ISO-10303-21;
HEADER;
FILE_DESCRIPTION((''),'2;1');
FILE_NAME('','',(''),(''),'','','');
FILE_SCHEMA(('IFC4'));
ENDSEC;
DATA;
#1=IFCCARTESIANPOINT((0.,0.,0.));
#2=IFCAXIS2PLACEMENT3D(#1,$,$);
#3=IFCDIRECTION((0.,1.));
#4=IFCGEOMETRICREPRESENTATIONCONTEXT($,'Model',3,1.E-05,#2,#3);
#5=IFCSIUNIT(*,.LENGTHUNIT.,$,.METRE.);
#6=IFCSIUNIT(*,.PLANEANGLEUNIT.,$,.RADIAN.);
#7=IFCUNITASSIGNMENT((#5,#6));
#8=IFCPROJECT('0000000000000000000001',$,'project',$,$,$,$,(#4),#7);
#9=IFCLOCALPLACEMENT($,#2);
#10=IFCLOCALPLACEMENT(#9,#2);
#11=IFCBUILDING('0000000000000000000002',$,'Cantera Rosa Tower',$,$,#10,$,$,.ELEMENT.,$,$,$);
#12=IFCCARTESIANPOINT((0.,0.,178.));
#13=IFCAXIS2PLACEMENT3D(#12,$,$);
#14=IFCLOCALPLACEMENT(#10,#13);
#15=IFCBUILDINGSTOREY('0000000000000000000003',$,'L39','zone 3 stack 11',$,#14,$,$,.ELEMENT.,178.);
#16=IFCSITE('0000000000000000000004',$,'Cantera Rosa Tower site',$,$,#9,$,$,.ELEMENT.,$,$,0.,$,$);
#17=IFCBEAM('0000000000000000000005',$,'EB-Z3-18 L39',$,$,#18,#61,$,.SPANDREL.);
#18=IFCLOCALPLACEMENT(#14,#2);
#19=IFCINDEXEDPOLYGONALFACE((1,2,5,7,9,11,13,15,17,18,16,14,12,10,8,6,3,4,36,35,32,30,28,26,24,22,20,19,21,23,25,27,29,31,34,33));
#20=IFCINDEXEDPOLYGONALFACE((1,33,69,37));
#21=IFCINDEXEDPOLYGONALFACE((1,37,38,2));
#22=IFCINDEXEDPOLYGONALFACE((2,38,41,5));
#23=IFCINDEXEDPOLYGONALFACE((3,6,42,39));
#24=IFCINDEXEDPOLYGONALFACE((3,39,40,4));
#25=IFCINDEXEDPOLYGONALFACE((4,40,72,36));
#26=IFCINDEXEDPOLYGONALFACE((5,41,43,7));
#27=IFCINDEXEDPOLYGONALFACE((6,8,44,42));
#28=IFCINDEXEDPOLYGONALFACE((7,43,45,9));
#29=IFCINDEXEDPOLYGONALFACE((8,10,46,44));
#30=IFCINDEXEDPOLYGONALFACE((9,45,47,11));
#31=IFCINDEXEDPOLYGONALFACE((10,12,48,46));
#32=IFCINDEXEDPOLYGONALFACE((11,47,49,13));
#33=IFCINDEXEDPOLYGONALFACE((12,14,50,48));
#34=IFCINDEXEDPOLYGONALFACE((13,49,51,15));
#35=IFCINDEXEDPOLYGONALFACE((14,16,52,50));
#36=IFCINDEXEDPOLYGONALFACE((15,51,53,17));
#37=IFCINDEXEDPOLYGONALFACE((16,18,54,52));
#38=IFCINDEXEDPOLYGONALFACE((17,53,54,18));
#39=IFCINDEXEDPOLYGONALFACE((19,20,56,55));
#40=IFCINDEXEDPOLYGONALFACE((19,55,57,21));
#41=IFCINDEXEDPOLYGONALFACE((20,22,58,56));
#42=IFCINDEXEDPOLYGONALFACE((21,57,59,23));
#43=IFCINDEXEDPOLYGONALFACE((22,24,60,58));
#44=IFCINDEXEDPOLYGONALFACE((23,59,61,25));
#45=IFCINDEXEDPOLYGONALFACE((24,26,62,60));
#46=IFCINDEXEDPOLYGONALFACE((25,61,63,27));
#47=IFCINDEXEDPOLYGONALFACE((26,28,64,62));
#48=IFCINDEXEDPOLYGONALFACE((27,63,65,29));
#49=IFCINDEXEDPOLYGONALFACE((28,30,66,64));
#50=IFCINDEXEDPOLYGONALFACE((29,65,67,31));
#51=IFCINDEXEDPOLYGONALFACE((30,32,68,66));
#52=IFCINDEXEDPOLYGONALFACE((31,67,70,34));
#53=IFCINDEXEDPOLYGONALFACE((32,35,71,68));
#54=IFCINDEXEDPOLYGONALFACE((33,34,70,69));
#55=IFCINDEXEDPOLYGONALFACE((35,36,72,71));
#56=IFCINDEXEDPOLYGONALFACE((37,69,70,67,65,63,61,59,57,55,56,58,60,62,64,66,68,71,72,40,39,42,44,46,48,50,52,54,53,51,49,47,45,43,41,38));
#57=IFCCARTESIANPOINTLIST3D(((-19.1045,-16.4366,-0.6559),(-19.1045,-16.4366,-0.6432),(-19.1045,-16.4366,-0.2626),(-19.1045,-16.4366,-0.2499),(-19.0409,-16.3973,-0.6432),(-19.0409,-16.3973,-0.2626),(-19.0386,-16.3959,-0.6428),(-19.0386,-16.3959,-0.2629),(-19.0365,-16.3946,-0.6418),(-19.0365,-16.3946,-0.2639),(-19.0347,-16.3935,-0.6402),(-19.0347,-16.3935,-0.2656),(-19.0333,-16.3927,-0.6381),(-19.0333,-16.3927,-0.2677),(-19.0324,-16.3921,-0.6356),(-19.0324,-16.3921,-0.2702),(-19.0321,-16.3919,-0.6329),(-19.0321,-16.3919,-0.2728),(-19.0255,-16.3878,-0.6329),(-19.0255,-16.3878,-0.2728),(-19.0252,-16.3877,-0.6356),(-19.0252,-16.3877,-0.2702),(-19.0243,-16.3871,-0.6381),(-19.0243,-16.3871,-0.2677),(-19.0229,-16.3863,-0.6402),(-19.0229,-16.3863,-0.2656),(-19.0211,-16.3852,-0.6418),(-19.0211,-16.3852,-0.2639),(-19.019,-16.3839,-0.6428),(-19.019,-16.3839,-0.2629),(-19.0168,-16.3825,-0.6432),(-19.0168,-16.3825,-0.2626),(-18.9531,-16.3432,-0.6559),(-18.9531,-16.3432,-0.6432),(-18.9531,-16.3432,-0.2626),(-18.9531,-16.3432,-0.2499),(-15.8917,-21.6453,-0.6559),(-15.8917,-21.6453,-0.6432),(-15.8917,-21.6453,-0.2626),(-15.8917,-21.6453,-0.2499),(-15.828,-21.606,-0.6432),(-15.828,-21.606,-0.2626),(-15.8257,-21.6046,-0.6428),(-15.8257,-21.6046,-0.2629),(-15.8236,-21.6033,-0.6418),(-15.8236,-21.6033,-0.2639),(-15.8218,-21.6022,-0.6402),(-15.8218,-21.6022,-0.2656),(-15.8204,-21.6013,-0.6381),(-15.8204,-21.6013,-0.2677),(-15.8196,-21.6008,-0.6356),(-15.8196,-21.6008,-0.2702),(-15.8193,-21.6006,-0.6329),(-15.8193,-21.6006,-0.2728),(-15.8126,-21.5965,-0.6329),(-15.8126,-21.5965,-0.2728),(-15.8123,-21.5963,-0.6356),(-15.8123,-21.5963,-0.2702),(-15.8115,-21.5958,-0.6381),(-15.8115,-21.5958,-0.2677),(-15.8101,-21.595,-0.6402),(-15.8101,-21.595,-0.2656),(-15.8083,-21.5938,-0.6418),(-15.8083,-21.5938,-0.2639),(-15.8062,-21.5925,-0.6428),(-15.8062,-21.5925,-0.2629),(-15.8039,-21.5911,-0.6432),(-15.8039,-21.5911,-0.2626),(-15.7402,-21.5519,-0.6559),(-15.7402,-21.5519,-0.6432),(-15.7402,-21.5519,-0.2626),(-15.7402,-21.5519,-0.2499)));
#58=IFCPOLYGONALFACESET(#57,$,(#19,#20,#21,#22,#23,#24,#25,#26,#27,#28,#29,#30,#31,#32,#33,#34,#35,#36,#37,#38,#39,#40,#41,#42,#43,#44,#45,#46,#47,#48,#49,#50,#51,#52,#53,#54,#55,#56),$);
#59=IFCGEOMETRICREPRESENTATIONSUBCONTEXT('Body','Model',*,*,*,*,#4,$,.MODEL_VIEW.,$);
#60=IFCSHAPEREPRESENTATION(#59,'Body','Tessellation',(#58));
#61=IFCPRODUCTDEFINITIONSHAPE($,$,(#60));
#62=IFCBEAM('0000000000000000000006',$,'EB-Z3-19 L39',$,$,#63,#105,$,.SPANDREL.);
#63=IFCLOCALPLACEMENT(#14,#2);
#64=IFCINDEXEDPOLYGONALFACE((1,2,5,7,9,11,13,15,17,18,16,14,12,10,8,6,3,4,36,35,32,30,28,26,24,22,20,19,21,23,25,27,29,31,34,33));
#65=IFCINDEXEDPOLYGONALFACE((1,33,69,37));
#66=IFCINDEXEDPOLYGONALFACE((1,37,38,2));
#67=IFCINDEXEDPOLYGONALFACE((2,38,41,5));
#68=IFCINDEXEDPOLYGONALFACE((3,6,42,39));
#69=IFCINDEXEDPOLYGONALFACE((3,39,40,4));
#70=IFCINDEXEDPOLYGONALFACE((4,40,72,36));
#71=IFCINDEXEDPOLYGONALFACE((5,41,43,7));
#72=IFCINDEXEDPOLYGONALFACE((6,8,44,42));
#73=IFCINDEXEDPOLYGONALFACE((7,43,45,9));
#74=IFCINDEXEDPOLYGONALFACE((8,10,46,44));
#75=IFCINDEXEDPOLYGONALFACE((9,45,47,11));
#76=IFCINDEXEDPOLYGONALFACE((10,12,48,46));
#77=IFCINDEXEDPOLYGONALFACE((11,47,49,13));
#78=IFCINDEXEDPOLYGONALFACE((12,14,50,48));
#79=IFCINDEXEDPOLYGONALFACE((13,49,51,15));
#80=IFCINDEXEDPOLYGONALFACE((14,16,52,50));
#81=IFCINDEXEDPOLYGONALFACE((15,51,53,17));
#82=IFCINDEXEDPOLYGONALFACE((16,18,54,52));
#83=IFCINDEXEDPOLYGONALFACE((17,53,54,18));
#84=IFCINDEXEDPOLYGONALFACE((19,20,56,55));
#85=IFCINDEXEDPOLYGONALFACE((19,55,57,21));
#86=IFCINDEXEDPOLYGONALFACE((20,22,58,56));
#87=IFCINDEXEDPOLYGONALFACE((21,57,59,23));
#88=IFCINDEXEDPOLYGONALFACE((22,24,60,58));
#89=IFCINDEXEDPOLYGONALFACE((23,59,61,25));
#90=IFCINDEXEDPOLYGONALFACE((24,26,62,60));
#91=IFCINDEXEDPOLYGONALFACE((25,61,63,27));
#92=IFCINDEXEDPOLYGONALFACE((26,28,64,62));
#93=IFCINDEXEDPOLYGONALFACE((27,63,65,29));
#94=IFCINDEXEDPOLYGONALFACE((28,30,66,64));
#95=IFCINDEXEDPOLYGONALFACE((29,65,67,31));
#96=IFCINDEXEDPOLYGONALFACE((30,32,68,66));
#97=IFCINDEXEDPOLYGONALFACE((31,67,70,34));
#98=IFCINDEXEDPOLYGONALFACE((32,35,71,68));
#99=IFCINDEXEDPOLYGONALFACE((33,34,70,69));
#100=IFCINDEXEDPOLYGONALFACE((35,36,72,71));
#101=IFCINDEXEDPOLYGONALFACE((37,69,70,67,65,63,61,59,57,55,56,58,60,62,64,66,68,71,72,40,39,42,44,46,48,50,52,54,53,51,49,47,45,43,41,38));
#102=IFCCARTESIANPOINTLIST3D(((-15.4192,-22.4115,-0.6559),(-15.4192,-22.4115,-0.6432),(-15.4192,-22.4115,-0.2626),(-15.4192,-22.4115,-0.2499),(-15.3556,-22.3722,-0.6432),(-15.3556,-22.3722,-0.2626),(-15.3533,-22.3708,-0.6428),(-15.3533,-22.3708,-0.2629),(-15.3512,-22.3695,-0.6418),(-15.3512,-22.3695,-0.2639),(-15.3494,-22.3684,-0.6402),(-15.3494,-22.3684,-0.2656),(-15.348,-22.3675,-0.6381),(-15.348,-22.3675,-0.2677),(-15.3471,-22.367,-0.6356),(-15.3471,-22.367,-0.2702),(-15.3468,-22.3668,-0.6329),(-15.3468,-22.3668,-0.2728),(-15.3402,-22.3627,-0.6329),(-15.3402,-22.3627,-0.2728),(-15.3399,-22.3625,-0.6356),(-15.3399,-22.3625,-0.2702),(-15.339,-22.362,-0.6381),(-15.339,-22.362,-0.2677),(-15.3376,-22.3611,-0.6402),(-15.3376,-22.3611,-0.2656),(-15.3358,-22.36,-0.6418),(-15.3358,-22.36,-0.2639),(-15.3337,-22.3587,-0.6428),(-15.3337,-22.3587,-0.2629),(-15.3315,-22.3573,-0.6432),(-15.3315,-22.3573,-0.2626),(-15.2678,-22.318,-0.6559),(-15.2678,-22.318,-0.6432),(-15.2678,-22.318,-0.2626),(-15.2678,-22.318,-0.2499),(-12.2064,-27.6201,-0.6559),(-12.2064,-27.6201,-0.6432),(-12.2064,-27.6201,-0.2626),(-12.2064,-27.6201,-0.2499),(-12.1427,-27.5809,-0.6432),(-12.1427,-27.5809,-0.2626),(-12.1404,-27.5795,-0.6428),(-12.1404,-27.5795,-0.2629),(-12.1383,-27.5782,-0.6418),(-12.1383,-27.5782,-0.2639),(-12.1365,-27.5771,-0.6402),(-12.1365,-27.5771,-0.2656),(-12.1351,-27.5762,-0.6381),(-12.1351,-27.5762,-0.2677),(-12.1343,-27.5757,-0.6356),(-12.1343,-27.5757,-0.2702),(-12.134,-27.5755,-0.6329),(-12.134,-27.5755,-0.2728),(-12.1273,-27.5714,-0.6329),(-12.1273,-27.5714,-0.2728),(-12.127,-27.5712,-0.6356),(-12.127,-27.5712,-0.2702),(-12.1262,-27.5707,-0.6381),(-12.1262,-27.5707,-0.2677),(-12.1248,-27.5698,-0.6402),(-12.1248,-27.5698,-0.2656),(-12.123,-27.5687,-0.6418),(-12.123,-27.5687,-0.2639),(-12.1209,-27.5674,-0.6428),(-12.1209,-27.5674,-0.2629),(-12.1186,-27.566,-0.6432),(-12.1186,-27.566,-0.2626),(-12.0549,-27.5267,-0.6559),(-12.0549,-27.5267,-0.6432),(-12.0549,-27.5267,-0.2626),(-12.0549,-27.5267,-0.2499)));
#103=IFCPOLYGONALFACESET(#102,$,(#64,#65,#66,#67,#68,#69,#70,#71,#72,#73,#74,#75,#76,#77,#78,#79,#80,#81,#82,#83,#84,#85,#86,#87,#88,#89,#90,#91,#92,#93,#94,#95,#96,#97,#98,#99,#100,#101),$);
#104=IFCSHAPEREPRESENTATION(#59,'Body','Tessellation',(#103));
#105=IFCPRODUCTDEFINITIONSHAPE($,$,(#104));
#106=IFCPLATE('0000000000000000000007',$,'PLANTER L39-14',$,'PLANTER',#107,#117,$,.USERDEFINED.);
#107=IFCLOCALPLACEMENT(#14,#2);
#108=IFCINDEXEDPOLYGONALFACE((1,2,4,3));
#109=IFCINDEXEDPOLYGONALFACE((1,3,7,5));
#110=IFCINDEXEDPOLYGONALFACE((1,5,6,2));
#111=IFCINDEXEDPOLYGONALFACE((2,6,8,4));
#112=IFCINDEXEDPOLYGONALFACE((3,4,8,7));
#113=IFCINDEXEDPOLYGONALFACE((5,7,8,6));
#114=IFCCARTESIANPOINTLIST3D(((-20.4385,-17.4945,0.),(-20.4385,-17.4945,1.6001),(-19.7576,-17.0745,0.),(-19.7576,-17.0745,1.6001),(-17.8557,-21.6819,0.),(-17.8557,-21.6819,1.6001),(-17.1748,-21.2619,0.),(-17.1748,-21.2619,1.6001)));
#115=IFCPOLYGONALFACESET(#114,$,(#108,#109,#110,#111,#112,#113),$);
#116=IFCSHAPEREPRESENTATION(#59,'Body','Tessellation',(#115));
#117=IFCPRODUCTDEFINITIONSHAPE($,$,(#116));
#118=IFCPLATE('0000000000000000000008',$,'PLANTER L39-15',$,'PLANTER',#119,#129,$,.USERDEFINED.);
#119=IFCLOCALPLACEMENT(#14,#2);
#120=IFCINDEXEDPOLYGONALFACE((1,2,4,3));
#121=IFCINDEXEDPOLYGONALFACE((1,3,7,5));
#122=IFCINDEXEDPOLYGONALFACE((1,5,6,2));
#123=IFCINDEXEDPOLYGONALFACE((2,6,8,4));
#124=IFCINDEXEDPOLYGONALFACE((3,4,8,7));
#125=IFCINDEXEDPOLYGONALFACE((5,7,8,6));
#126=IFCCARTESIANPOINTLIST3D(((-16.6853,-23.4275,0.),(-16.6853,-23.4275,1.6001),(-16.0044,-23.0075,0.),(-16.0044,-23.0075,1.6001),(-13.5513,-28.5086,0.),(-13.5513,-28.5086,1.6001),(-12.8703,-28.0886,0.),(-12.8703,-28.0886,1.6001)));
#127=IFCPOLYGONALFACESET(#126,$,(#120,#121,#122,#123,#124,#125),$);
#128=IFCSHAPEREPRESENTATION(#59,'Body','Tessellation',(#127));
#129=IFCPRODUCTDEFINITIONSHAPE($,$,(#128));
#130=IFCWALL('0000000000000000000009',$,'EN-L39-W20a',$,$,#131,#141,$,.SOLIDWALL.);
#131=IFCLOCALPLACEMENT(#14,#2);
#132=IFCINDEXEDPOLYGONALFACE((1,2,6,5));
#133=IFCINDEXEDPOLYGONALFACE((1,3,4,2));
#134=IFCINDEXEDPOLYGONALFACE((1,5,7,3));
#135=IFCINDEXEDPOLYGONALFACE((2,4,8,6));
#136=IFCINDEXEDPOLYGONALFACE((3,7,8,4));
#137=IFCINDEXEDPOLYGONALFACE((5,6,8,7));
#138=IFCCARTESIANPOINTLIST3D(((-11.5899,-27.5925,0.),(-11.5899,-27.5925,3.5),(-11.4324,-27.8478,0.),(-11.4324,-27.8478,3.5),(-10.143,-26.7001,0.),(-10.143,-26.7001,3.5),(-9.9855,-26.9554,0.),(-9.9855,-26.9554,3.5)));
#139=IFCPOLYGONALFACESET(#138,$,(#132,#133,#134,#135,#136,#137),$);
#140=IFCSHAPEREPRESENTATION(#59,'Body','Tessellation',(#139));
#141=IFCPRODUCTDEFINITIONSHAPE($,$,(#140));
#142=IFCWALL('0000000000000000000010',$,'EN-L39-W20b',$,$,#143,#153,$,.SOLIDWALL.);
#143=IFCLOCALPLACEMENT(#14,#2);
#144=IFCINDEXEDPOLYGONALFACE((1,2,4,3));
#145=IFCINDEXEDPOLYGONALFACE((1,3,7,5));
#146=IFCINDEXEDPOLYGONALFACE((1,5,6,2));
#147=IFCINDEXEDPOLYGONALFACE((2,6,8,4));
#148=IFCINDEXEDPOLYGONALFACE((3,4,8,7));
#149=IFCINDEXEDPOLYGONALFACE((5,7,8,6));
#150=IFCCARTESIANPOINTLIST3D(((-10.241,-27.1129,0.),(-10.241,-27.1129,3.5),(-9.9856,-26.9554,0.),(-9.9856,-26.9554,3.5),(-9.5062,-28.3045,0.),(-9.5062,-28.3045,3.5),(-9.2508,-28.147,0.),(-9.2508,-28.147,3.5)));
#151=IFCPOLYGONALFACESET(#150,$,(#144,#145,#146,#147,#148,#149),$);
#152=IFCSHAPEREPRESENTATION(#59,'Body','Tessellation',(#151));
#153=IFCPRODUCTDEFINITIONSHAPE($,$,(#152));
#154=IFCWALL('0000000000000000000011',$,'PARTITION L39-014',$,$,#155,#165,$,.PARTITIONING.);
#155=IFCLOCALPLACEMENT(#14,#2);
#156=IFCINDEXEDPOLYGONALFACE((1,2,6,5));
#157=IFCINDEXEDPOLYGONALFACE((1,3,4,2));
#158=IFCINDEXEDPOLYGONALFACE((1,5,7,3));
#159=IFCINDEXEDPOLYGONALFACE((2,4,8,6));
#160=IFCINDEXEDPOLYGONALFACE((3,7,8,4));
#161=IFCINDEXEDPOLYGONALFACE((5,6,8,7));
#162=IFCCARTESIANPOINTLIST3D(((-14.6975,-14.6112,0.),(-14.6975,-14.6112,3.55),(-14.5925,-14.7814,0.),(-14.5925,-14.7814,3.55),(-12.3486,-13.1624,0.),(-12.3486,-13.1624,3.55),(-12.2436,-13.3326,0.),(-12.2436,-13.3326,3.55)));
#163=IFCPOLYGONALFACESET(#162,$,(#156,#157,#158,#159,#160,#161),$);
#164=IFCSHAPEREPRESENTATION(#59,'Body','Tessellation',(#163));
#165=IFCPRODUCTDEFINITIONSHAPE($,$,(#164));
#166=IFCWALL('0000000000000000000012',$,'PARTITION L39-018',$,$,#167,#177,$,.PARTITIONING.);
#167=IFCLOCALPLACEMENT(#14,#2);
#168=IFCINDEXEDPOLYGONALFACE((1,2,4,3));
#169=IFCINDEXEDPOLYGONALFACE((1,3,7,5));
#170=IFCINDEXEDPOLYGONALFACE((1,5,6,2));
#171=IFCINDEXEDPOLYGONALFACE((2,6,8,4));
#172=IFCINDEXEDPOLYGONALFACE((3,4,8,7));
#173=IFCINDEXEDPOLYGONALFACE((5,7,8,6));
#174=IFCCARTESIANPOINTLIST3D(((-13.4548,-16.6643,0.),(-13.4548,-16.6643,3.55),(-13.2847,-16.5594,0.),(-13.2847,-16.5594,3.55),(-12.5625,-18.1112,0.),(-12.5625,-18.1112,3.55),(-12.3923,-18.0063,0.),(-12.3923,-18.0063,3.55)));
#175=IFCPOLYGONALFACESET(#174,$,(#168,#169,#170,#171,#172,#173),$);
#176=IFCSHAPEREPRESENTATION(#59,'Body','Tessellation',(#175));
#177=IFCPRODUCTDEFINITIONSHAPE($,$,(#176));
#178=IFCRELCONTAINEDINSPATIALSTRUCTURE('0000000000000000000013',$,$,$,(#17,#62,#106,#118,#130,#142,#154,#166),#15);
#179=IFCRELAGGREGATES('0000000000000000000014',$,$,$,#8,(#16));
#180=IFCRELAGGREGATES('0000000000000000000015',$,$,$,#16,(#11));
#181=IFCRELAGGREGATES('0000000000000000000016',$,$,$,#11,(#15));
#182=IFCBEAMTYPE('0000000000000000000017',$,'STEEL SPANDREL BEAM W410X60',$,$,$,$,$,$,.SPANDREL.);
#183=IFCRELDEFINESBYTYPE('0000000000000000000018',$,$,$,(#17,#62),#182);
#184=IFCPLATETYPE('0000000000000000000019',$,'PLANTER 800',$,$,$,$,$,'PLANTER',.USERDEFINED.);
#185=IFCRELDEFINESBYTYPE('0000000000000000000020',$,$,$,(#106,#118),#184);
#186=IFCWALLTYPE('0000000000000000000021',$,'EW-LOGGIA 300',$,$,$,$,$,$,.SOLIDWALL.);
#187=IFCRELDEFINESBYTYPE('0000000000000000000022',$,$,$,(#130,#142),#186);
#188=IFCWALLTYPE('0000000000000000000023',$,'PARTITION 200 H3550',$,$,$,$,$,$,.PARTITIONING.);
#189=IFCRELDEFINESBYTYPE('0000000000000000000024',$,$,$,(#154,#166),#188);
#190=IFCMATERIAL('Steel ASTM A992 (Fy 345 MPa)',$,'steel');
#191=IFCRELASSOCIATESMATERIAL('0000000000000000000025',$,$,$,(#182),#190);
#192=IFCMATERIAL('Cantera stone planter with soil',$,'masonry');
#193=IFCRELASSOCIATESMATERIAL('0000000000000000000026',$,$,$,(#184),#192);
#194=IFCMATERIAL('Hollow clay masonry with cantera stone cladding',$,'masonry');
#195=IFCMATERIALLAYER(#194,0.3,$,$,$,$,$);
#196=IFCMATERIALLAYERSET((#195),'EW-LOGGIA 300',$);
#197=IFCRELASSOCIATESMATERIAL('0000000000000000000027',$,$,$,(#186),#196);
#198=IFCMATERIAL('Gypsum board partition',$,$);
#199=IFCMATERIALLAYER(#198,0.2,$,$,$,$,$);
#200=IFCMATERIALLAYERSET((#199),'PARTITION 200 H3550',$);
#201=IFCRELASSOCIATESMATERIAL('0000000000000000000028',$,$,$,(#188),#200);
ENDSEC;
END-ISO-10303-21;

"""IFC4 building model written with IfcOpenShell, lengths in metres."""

from ifc_helpers import new_model, si_unit, direction, frame, frame_2d, origin, origin_2d, place, context, subcontext, project, spatial, rectangle, i_section, extrude, material, layer, layer_set, material_profile, profile_set, type_object, element, save


model = new_model("IFC4")

# Units and contexts
model_context = context("Model", 3, precision=1e-05, world=origin(), true_north=direction((0.0, 1.0)))
body_context = subcontext(model_context, "Body", "Model", "MODEL_VIEW")
ifc_project = project(units=[si_unit("LENGTHUNIT", "METRE"), si_unit("PLANEANGLEUNIT", "RADIAN")], contexts=[model_context])

# Site, building, storey
site_placement = place(None, origin())
site = spatial("IfcSite", under=ifc_project, at=site_placement, Name="Cantera Rosa Tower site", CompositionType="ELEMENT", RefElevation=0.0)
building_placement = place(site_placement, origin())
building = spatial("IfcBuilding", under=site, at=building_placement, Name="Cantera Rosa Tower", CompositionType="ELEMENT")
storey_placement = place(building_placement, frame((0.0, 0.0, 178.0)))
storey = spatial("IfcBuildingStorey", under=building, at=storey_placement, Name="L39", Description="zone 3 stack 11", CompositionType="ELEMENT", Elevation=178.0)

# Beams
ifc_material_1 = material(Name="Steel ASTM A992 (Fy 345 MPa)", Category="steel")
ifc_material_profile_1 = material_profile(ifc_material_1, i_section(OverallWidth=0.178, OverallDepth=0.406, WebThickness=0.0078, FlangeThickness=0.0127, FilletRadius=0.0103, at=origin_2d()), Name="W410X60")
ifc_profile_set_1 = profile_set([ifc_material_profile_1], Name="Steel ASTM A992 (Fy 345 MPa)")
beam_type_1 = type_object("IfcBeamType", Name="STEEL SPANDREL BEAM W410X60", PredefinedType="SPANDREL", material=ifc_profile_set_1)
for number, where, z_axis, x_axis, name in (
    (1, (-19.0288, -16.3899, -0.4529), (0.524987, -0.85111, 0.0), (0.85111, 0.524987, 0.0), "EB-Z3-18 L39"),
    (2, (-15.3435, -22.3647, -0.4529), (0.524987, -0.85111, 0.0), (0.85111, 0.524987, 0.0), "EB-Z3-19 L39"),
):
    element("IfcBeam", number, at=place(storey_placement, frame(where, z_axis=z_axis, x_axis=x_axis)), inside=storey, type_object=beam_type_1, Name=name, PredefinedType="SPANDREL", context=body_context, shape_type="SweptSolid", body=[
        extrude(i_section(OverallWidth=0.178, OverallDepth=0.406, WebThickness=0.0078, FlangeThickness=0.0127, FilletRadius=0.0103, at=origin_2d()), origin(), (0.0, 0.0, 1.0), 6.1199),
    ])

# Plates
ifc_material_2 = material(Name="Cantera stone planter with soil", Category="masonry")
plate_type = type_object("IfcPlateType", Name="PLANTER 800", ElementType="PLANTER", PredefinedType="USERDEFINED", material=ifc_material_2)
plate_1_placement = place(storey_placement, frame((-18.8066, -19.3782, 0.0), z_axis=(0.0, 0.0, 1.0), x_axis=(0.524977, -0.851117, 0.0)))
element("IfcPlate", 3, at=plate_1_placement, inside=storey, type_object=plate_type, Name="PLANTER L39-14", ObjectType="PLANTER", PredefinedType="USERDEFINED", context=body_context, shape_type="SweptSolid", body=[
    extrude(rectangle(XDim=4.9199, YDim=0.8, at=origin_2d()), origin(), (0.0, 0.0, 1.0), 1.6001),
])
plate_2_placement = place(storey_placement, frame((-14.7778, -25.7581, 0.0), z_axis=(0.0, 0.0, 1.0), x_axis=(0.524977, -0.851117, 0.0)))
element("IfcPlate", 4, at=plate_2_placement, inside=storey, type_object=plate_type, Name="PLANTER L39-15", ObjectType="PLANTER", PredefinedType="USERDEFINED", context=body_context, shape_type="SweptSolid", body=[
    extrude(rectangle(XDim=5.97, YDim=0.8, at=origin_2d()), origin(), (0.0, 0.0, 1.0), 1.6001),
])

# Walls
ifc_material_3 = material(Name="Hollow clay masonry with cantera stone cladding", Category="masonry")
ifc_layer_1 = layer(ifc_material_3, 0.3)
ifc_layer_set_1 = layer_set([ifc_layer_1], Name="EW-LOGGIA 300")
wall_type_1 = type_object("IfcWallType", Name="EW-LOGGIA 300", PredefinedType="SOLIDWALL", material=ifc_layer_set_1)
wall_1_placement = place(storey_placement, frame((-11.5112, -27.7202, 0.0), z_axis=(0.0, 0.0, 1.0), x_axis=(0.85113, 0.524955, 0.0)))
element("IfcWall", 5, at=wall_1_placement, inside=storey, type_object=wall_type_1, Name="EN-L39-W20a", PredefinedType="SOLIDWALL", context=body_context, shape_type="SweptSolid", body=[
    extrude(rectangle(XDim=1.7, YDim=0.3, at=frame_2d((0.8501, 0.0))), origin(), (0.0, 0.0, 1.0), 3.5),
])
wall_2_placement = place(storey_placement, frame((-10.1133, -27.0342, 0.0), z_axis=(0.0, 0.0, 1.0), x_axis=(0.524895, -0.851167, 0.0)))
element("IfcWall", 6, at=wall_2_placement, inside=storey, type_object=wall_type_1, Name="EN-L39-W20b", PredefinedType="SOLIDWALL", context=body_context, shape_type="SweptSolid", body=[
    extrude(rectangle(XDim=1.3999, YDim=0.3, at=frame_2d((0.7, 0.0))), origin(), (0.0, 0.0, 1.0), 3.5),
])

# Walls
ifc_material_4 = material(Name="Gypsum board partition")
ifc_layer_2 = layer(ifc_material_4, 0.2)
ifc_layer_set_2 = layer_set([ifc_layer_2], Name="PARTITION 200 H3550")
wall_type_2 = type_object("IfcWallType", Name="PARTITION 200 H3550", PredefinedType="PARTITIONING", material=ifc_layer_set_2)
wall_3_placement = place(storey_placement, frame((-14.645, -14.6963, 0.0), z_axis=(0.0, 0.0, 1.0), x_axis=(0.851129, 0.524956, 0.0)))
element("IfcWall", 7, at=wall_3_placement, inside=storey, type_object=wall_type_2, Name="PARTITION L39-014", PredefinedType="PARTITIONING", context=body_context, shape_type="SweptSolid", body=[
    extrude(rectangle(XDim=2.7598, YDim=0.2, at=frame_2d((1.3799, 0.0))), origin(), (0.0, 0.0, 1.0), 3.55),
])
wall_4_placement = place(storey_placement, frame((-12.4773, -18.0588, 0.0), z_axis=(0.0, 0.0, 1.0), x_axis=(-0.524955, 0.85113, 0.0)))
element("IfcWall", 8, at=wall_4_placement, inside=storey, type_object=wall_type_2, Name="PARTITION L39-018", PredefinedType="PARTITIONING", context=body_context, shape_type="SweptSolid", body=[
    extrude(rectangle(XDim=1.7, YDim=0.2, at=frame_2d((0.8501, 0.0))), origin(), (0.0, 0.0, 1.0), 3.55),
])

save(model, "model.ifc")
